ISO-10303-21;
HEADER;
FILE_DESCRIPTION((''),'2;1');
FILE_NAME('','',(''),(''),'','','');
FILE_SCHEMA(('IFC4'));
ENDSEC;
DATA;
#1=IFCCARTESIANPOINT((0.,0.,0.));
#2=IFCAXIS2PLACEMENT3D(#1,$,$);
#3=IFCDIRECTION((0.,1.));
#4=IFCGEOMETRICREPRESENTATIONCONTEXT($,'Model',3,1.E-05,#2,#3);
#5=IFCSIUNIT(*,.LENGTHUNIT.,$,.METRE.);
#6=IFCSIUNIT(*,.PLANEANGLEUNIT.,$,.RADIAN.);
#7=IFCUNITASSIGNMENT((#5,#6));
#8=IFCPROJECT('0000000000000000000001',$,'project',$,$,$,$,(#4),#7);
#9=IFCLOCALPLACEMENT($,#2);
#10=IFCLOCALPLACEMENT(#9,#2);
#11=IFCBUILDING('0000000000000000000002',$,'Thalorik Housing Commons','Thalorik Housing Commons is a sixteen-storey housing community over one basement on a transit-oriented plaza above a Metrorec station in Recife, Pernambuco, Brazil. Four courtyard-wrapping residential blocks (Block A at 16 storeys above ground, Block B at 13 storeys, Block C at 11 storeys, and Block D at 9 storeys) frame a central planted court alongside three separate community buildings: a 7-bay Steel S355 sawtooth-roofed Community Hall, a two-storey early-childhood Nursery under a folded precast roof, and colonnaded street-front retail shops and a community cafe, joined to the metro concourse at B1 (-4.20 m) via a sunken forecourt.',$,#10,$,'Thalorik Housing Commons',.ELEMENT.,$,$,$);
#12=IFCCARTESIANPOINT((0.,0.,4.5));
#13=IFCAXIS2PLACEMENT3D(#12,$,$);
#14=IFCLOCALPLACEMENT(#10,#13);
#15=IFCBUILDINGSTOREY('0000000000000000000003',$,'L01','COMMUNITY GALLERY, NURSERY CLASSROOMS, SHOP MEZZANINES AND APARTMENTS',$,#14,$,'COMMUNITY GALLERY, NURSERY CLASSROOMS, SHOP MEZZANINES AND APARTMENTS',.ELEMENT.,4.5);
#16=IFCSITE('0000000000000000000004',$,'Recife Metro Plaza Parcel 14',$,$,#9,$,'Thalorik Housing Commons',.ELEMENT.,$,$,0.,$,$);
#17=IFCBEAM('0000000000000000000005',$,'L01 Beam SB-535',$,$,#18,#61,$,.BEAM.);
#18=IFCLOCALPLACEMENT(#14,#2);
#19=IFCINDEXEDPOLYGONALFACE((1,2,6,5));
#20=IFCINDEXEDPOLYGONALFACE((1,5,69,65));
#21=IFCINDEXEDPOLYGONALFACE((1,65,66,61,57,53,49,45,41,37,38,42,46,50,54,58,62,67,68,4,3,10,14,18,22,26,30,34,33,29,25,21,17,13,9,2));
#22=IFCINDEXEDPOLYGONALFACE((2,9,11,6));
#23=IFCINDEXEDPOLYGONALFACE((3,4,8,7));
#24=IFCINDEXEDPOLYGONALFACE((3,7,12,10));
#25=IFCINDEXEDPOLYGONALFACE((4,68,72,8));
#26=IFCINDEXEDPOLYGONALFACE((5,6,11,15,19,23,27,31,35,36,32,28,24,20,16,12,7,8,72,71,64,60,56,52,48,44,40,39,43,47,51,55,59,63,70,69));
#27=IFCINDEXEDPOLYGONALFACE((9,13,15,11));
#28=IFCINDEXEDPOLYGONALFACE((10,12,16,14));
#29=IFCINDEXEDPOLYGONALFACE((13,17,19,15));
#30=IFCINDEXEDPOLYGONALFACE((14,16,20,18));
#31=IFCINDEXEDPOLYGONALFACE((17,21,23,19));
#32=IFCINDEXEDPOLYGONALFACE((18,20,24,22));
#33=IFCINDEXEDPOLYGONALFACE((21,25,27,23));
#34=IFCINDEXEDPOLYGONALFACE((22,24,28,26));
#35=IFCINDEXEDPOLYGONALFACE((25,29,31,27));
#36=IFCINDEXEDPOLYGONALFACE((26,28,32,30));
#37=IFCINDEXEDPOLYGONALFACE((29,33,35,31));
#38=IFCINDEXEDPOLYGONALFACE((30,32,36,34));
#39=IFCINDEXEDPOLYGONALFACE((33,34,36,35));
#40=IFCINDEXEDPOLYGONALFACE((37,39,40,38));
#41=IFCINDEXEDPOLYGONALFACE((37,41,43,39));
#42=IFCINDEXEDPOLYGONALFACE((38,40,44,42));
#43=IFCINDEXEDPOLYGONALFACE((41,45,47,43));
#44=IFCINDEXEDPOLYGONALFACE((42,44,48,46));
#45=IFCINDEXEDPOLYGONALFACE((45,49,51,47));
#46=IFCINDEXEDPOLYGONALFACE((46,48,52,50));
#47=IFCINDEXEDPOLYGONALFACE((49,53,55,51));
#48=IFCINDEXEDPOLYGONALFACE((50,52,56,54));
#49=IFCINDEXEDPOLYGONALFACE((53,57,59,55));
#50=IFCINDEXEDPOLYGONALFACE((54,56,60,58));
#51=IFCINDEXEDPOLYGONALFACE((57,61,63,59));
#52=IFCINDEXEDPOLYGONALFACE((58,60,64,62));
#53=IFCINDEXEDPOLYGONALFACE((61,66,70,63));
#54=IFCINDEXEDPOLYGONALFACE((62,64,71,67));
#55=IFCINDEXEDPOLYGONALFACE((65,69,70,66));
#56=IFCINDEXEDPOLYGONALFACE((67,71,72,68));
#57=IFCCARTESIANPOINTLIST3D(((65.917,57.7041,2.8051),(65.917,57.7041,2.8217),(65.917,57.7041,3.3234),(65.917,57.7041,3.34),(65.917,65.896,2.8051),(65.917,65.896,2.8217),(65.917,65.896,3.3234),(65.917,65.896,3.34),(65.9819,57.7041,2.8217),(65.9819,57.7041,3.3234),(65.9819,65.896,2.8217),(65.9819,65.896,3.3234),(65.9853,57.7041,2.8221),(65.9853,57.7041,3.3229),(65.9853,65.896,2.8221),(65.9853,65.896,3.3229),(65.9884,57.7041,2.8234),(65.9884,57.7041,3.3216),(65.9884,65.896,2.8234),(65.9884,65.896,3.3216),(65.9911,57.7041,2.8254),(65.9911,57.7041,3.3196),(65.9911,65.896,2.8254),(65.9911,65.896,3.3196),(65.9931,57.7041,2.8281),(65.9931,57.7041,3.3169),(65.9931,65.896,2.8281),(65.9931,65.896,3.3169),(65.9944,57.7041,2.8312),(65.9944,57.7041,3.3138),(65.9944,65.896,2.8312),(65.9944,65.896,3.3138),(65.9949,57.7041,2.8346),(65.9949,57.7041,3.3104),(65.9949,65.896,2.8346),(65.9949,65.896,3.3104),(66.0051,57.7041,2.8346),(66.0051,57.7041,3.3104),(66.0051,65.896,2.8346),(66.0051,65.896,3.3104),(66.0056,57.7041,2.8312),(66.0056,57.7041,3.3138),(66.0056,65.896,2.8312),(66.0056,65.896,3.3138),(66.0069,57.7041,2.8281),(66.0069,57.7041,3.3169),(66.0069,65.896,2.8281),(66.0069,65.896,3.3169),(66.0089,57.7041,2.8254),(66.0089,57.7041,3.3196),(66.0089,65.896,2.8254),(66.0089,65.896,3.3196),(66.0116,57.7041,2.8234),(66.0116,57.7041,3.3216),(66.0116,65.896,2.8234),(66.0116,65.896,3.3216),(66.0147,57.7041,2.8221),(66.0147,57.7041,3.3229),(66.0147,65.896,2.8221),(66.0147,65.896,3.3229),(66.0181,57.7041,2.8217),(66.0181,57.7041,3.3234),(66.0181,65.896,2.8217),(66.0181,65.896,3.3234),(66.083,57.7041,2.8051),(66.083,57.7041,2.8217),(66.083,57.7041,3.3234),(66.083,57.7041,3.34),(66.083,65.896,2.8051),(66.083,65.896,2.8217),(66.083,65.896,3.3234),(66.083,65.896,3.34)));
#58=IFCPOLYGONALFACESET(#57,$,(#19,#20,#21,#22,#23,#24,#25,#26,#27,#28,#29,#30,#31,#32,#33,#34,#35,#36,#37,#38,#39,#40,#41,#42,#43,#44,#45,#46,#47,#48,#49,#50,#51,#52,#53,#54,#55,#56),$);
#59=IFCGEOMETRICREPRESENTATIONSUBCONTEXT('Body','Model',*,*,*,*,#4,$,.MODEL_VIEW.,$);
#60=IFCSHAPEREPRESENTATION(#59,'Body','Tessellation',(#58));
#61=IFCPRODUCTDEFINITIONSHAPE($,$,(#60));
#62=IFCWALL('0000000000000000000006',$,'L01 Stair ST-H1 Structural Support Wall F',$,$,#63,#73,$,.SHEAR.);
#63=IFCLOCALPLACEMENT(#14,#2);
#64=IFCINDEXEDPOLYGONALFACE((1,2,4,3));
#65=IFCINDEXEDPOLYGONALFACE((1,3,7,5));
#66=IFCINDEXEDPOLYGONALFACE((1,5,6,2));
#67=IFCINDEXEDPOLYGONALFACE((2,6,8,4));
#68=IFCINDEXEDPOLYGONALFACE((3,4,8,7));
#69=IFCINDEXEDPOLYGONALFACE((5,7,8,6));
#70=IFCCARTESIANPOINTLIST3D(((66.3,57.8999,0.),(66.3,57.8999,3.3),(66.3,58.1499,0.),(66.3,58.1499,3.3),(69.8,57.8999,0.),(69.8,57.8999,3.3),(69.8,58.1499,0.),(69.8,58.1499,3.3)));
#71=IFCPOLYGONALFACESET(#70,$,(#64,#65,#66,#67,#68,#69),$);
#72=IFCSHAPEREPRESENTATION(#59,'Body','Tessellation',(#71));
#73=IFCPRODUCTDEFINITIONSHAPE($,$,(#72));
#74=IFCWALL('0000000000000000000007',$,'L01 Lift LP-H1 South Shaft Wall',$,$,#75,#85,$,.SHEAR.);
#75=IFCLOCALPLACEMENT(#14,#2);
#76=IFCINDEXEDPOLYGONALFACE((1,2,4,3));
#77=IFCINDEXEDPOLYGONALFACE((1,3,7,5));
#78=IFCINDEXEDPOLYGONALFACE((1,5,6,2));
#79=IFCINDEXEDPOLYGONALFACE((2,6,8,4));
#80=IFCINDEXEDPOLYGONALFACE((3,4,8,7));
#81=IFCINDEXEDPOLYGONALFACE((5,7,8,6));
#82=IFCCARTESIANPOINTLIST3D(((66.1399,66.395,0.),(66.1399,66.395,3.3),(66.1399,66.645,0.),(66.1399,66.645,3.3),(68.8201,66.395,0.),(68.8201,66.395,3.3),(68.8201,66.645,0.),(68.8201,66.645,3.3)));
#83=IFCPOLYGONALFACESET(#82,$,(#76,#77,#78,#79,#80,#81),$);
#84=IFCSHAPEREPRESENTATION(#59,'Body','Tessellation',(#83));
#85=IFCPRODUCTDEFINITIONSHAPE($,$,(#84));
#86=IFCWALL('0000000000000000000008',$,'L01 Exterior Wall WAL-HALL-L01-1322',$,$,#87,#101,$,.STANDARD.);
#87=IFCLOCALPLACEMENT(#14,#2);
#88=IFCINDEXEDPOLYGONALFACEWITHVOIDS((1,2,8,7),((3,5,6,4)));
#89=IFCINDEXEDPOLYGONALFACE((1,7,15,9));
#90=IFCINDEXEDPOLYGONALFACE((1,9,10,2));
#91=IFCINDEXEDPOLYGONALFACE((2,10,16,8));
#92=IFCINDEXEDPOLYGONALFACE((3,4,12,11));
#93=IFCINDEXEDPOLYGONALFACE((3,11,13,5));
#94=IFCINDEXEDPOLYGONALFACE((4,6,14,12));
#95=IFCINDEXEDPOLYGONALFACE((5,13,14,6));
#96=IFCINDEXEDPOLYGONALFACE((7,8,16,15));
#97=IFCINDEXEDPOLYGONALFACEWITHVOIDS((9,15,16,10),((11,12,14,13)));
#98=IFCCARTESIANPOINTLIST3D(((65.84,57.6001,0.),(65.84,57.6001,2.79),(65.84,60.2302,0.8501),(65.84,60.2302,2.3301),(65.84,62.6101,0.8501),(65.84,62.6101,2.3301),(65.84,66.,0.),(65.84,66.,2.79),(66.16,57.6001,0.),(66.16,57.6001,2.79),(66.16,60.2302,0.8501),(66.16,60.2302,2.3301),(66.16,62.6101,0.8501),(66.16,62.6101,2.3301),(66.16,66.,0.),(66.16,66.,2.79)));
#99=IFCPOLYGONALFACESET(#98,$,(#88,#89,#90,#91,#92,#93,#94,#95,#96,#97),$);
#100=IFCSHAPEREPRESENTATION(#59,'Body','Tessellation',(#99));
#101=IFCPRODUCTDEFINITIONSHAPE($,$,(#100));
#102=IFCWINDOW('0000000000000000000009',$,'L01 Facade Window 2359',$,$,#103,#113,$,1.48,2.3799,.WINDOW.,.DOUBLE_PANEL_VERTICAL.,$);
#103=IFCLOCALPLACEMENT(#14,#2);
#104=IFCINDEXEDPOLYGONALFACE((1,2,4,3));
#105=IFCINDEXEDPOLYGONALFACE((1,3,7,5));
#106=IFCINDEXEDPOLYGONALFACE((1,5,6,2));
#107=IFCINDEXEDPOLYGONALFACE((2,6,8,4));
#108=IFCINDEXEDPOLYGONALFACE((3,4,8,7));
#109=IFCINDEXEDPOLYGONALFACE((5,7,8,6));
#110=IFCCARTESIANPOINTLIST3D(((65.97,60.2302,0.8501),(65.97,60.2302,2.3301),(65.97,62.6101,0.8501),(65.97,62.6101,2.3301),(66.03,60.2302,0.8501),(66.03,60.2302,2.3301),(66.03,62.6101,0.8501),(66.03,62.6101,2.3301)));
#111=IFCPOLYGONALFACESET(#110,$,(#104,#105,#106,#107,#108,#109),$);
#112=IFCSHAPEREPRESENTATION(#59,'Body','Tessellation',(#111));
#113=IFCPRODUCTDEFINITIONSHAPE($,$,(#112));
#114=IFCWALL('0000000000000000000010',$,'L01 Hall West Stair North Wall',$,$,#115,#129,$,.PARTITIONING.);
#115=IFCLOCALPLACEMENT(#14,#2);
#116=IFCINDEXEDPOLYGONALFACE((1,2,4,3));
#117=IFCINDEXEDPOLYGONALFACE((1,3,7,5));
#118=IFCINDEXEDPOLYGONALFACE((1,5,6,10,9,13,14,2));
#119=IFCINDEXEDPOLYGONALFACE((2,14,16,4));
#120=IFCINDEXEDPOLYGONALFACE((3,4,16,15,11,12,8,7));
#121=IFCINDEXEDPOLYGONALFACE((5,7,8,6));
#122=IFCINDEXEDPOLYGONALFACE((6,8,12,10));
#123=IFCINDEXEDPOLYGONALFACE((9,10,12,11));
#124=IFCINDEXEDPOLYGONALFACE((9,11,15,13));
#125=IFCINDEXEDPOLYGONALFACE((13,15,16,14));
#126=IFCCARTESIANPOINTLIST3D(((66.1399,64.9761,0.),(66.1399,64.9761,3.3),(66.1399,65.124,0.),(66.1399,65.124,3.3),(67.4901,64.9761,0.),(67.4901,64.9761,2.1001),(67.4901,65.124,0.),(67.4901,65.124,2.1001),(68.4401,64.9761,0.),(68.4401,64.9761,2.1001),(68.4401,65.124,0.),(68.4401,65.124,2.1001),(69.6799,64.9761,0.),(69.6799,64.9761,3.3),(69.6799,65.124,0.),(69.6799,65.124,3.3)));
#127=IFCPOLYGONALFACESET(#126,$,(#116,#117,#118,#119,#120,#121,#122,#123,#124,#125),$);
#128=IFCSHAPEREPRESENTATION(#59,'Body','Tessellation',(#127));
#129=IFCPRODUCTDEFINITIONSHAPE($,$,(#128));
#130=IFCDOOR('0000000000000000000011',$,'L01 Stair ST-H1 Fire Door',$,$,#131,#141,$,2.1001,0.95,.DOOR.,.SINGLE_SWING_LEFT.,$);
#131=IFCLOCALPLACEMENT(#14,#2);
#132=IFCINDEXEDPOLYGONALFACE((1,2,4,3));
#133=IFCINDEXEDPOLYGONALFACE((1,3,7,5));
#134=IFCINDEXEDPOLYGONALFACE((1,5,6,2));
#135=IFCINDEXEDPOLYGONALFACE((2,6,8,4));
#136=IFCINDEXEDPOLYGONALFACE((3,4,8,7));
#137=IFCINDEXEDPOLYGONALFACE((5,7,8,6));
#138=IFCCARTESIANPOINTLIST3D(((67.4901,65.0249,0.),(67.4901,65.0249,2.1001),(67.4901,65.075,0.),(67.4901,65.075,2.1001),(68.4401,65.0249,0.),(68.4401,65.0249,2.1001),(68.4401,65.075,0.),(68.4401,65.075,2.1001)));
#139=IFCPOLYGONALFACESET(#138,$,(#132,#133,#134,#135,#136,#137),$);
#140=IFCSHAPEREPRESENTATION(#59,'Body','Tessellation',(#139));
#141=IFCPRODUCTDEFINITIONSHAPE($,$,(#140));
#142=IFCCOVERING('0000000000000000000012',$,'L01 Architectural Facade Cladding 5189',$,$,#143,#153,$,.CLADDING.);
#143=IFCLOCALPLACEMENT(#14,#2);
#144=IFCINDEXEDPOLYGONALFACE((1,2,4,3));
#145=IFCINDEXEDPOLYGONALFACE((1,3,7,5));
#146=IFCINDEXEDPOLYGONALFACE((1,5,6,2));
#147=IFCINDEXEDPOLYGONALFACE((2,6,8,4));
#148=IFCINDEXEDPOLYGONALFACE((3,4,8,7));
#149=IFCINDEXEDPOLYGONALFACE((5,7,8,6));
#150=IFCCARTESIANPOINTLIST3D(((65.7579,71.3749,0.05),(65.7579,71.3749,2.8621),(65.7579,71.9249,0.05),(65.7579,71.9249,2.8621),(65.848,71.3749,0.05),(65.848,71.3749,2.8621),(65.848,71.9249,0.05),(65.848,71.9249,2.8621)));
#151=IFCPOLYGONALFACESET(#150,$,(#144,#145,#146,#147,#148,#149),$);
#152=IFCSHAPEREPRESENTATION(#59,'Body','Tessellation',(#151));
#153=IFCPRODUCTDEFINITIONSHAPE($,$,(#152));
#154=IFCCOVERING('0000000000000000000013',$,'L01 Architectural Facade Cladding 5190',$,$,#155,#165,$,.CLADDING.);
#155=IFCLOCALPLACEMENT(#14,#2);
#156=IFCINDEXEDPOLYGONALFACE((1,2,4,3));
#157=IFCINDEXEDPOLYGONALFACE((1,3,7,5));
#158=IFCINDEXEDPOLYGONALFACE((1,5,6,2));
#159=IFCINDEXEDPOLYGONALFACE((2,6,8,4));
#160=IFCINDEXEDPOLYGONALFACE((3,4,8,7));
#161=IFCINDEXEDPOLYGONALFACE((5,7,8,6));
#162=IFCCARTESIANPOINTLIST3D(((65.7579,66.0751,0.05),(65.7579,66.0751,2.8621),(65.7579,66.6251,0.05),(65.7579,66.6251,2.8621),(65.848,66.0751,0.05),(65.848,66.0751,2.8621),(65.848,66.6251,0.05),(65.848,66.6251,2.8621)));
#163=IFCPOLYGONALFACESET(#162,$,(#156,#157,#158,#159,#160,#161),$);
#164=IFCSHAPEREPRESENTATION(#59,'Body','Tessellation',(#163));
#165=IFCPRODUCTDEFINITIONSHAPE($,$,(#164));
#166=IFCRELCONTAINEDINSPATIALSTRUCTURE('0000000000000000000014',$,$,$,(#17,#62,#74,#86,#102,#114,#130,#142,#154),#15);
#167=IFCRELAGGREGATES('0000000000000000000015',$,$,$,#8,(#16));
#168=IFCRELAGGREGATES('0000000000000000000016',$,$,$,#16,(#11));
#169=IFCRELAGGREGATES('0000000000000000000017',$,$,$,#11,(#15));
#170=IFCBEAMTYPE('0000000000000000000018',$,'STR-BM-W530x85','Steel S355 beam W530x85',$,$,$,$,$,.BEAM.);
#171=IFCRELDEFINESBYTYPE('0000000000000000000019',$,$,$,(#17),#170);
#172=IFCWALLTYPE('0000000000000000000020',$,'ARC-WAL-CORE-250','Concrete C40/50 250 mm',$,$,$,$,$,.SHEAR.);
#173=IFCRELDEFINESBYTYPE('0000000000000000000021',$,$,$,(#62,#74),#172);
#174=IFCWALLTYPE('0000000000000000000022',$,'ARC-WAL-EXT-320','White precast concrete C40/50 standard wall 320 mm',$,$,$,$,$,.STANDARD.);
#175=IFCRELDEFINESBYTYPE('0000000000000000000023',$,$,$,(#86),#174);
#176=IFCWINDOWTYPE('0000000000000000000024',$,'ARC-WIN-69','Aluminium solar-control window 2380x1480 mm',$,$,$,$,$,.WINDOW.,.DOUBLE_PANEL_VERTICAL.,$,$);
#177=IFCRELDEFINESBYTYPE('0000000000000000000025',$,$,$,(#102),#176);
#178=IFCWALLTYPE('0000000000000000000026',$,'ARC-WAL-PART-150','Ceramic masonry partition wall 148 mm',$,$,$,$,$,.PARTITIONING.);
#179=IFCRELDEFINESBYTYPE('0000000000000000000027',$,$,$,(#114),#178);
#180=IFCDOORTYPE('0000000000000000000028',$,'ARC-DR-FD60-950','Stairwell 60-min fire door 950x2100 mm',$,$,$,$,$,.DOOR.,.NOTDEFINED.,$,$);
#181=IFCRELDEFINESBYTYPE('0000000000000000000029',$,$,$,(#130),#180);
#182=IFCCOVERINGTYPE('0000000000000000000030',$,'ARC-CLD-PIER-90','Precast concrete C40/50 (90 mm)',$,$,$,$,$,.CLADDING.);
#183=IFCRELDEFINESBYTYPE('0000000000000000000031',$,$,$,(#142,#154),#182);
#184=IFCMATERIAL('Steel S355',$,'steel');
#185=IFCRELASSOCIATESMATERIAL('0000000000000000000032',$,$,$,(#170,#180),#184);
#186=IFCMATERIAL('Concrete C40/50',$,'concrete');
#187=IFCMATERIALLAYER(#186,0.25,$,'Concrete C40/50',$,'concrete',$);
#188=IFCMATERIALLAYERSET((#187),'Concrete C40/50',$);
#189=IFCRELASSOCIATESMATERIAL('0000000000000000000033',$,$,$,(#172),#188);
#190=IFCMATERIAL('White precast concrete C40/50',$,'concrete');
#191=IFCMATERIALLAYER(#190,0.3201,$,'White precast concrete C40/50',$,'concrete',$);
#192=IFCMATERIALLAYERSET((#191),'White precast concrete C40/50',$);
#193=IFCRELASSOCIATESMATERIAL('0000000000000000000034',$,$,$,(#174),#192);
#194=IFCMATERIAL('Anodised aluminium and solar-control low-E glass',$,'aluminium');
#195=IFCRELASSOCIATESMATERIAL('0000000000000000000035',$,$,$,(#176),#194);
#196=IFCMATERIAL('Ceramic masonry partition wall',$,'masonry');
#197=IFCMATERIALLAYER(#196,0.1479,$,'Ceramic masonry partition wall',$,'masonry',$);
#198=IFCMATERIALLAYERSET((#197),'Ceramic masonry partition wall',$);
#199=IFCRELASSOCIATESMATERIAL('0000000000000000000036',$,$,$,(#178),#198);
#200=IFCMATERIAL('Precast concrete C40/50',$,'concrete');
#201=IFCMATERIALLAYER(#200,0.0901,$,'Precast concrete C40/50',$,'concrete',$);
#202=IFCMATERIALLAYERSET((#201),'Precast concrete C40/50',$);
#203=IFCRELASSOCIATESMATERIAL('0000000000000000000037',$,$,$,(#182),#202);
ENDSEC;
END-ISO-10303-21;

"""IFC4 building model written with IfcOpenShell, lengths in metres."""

from ifc_helpers import new_model, si_unit, direction, frame, frame_2d, origin, origin_2d, place, context, subcontext, project, spatial, rectangle, i_section, extrude, material, layer, layer_set, material_profile, profile_set, type_object, element, fill, save


model = new_model("IFC4")

# Units and contexts
model_context = context("Model", 3, precision=1e-05, world=origin(), true_north=direction((0.0, 1.0)))
body_context = subcontext(model_context, "Body", "Model", "MODEL_VIEW")
ifc_project = project(units=[si_unit("LENGTHUNIT", "METRE"), si_unit("PLANEANGLEUNIT", "RADIAN")], contexts=[model_context])

# Site, building, storey
site_placement = place(None, origin())
site = spatial("IfcSite", under=ifc_project, at=site_placement, Name="Recife Metro Plaza Parcel 14", LongName="Thalorik Housing Commons", CompositionType="ELEMENT", RefElevation=0.0)
building_placement = place(site_placement, origin())
building = spatial("IfcBuilding", under=site, at=building_placement, Name="Thalorik Housing Commons", Description="Thalorik Housing Commons is a sixteen-storey housing community over one basement on a transit-oriented plaza above a Metrorec station in Recife, Pernambuco, Brazil. Four courtyard-wrapping residential blocks (Block A at 16 storeys above ground, Block B at 13 storeys, Block C at 11 storeys, and Block D at 9 storeys) frame a central planted court alongside three separate community buildings: a 7-bay Steel S355 sawtooth-roofed Community Hall, a two-storey early-childhood Nursery under a folded precast roof, and colonnaded street-front retail shops and a community cafe, joined to the metro concourse at B1 (-4.20 m) via a sunken forecourt.", LongName="Thalorik Housing Commons", CompositionType="ELEMENT")
storey_placement = place(building_placement, frame((0.0, 0.0, 4.5)))
storey = spatial("IfcBuildingStorey", under=building, at=storey_placement, Name="L01", Description="COMMUNITY GALLERY, NURSERY CLASSROOMS, SHOP MEZZANINES AND APARTMENTS", LongName="COMMUNITY GALLERY, NURSERY CLASSROOMS, SHOP MEZZANINES AND APARTMENTS", CompositionType="ELEMENT", Elevation=4.5)

# Shared definitions
ifc_material_1 = material(Name="Steel S355", Category="steel")

# Beam
ifc_material_profile_1 = material_profile(ifc_material_1, i_section(OverallWidth=0.166, OverallDepth=0.5349, WebThickness=0.0103, FlangeThickness=0.0166, FilletRadius=0.0129, at=origin_2d()), Name="W530x85", Category="steel")
ifc_profile_set_1 = profile_set([ifc_material_profile_1], Name="Steel S355")
beam_type_1 = type_object("IfcBeamType", Name="STR-BM-W530x85", Description="Steel S355 beam W530x85", PredefinedType="BEAM", material=ifc_profile_set_1)
beam_1_placement = place(storey_placement, frame((66.0, 57.7041, 3.0725), z_axis=(0.0, 1.0, 0.0), x_axis=(-1.0, 0.0, 0.0)))
element("IfcBeam", 1, at=beam_1_placement, inside=storey, type_object=beam_type_1, Name="L01 Beam SB-535", PredefinedType="BEAM", context=body_context, shape_type="SweptSolid", body=[
    extrude(i_section(OverallWidth=0.166, OverallDepth=0.5349, WebThickness=0.0103, FlangeThickness=0.0166, FilletRadius=0.0129, at=origin_2d()), origin(), (0.0, 0.0, 1.0), 8.1919),
])

# Walls
ifc_material_2 = material(Name="Concrete C40/50", Category="concrete")
ifc_layer_1 = layer(ifc_material_2, 0.25, Name="Concrete C40/50", Category="concrete")
ifc_layer_set_1 = layer_set([ifc_layer_1], Name="Concrete C40/50")
wall_type_1 = type_object("IfcWallType", Name="ARC-WAL-CORE-250", Description="Concrete C40/50 250 mm", PredefinedType="SHEAR", material=ifc_layer_set_1)
wall_1_placement = place(storey_placement, frame((66.3, 58.0249, 0.0), z_axis=(0.0, 0.0, 1.0), x_axis=(1.0, 0.0, 0.0)))
element("IfcWall", 2, at=wall_1_placement, inside=storey, type_object=wall_type_1, Name="L01 Stair ST-H1 Structural Support Wall F", PredefinedType="SHEAR", context=body_context, shape_type="SweptSolid", body=[
    extrude(rectangle(XDim=3.5, YDim=0.25, at=frame_2d((1.75, 0.0))), origin(), (0.0, 0.0, 1.0), 3.3),
])
wall_2_placement = place(storey_placement, frame((66.1399, 66.52, 0.0), z_axis=(0.0, 0.0, 1.0), x_axis=(1.0, 0.0, 0.0)))
element("IfcWall", 3, at=wall_2_placement, inside=storey, type_object=wall_type_1, Name="L01 Lift LP-H1 South Shaft Wall", PredefinedType="SHEAR", context=body_context, shape_type="SweptSolid", body=[
    extrude(rectangle(XDim=2.6802, YDim=0.25, at=frame_2d((1.3401, 0.0))), origin(), (0.0, 0.0, 1.0), 3.3),
])

# Wall, opening, window
ifc_material_3 = material(Name="White precast concrete C40/50", Category="concrete")
ifc_layer_2 = layer(ifc_material_3, 0.3201, Name="White precast concrete C40/50", Category="concrete")
ifc_layer_set_2 = layer_set([ifc_layer_2], Name="White precast concrete C40/50")
wall_type_2 = type_object("IfcWallType", Name="ARC-WAL-EXT-320", Description="White precast concrete C40/50 standard wall 320 mm", PredefinedType="STANDARD", material=ifc_layer_set_2)
wall_3_placement = place(storey_placement, frame((66.0, 66.0, 0.0), z_axis=(0.0, 0.0, 1.0), x_axis=(0.0, -1.0, 0.0)))
wall_3 = element("IfcWall", 4, at=wall_3_placement, inside=storey, type_object=wall_type_2, Name="L01 Exterior Wall WAL-HALL-L01-1322", PredefinedType="STANDARD", context=body_context, shape_type="SweptSolid", body=[
    extrude(rectangle(XDim=8.3999, YDim=0.3201, at=frame_2d((4.2, 0.0))), origin(), (0.0, 0.0, 1.0), 2.79),
])
opening_1_placement = place(wall_3_placement, frame((3.3899, 0.0, 0.8501)))
opening_1 = element("IfcOpeningElement", 5, at=opening_1_placement, cuts=wall_3, PredefinedType="OPENING", context=body_context, shape_type="SweptSolid", body=[
    extrude(rectangle(XDim=2.3799, YDim=1.48, at=frame_2d((1.1899, 0.74))), frame((0.0, 0.1699, 0.0), z_axis=(0.0, -1.0, 0.0), x_axis=(1.0, 0.0, 0.0)), (0.0, 0.0, 1.0), 0.3401),
])
ifc_material_4 = material(Name="Anodised aluminium and solar-control low-E glass", Category="aluminium")
window_type = type_object("IfcWindowType", Name="ARC-WIN-69", Description="Aluminium solar-control window 2380x1480 mm", PartitioningType="DOUBLE_PANEL_VERTICAL", PredefinedType="WINDOW", material=ifc_material_4)
window_placement = place(opening_1_placement, origin())
window = element("IfcWindow", 6, at=window_placement, inside=storey, type_object=window_type, Name="L01 Facade Window 2359", OverallHeight=1.48, OverallWidth=2.3799, PartitioningType="DOUBLE_PANEL_VERTICAL", PredefinedType="WINDOW", context=body_context, shape_type="SweptSolid", body=[
    extrude(rectangle(XDim=2.3799, YDim=1.48, at=frame_2d((1.1899, 0.74))), frame((0.0, 0.03, 0.0), z_axis=(0.0, -1.0, 0.0), x_axis=(1.0, 0.0, 0.0)), (0.0, 0.0, 1.0), 0.0601),
])
fill(opening_1, window)

# Wall, opening, door
ifc_material_5 = material(Name="Ceramic masonry partition wall", Category="masonry")
ifc_layer_3 = layer(ifc_material_5, 0.1479, Name="Ceramic masonry partition wall", Category="masonry")
ifc_layer_set_3 = layer_set([ifc_layer_3], Name="Ceramic masonry partition wall")
wall_type_3 = type_object("IfcWallType", Name="ARC-WAL-PART-150", Description="Ceramic masonry partition wall 148 mm", PredefinedType="PARTITIONING", material=ifc_layer_set_3)
wall_4_placement = place(storey_placement, frame((66.1399, 65.05, 0.0), z_axis=(0.0, 0.0, 1.0), x_axis=(1.0, 0.0, 0.0)))
wall_4 = element("IfcWall", 7, at=wall_4_placement, inside=storey, type_object=wall_type_3, Name="L01 Hall West Stair North Wall", PredefinedType="PARTITIONING", context=body_context, shape_type="SweptSolid", body=[
    extrude(rectangle(XDim=3.54, YDim=0.1479, at=frame_2d((1.77, 0.0))), origin(), (0.0, 0.0, 1.0), 3.3),
])
opening_2_placement = place(wall_4_placement, frame((1.3501, 0.0, 0.0)))
opening_2 = element("IfcOpeningElement", 8, at=opening_2_placement, cuts=wall_4, PredefinedType="OPENING", context=body_context, shape_type="SweptSolid", body=[
    extrude(rectangle(XDim=0.95, YDim=2.1001, at=frame_2d((0.4751, 1.05))), frame((0.0, 0.084, 0.0), z_axis=(0.0, -1.0, 0.0), x_axis=(1.0, 0.0, 0.0)), (0.0, 0.0, 1.0), 0.168),
])
door_type = type_object("IfcDoorType", Name="ARC-DR-FD60-950", Description="Stairwell 60-min fire door 950x2100 mm", OperationType="NOTDEFINED", PredefinedType="DOOR", material=ifc_material_1)
door_placement = place(opening_2_placement, origin())
door = element("IfcDoor", 9, at=door_placement, inside=storey, type_object=door_type, Name="L01 Stair ST-H1 Fire Door", OperationType="SINGLE_SWING_LEFT", OverallHeight=2.1001, OverallWidth=0.95, PredefinedType="DOOR", context=body_context, shape_type="SweptSolid", body=[
    extrude(rectangle(XDim=0.95, YDim=2.1001, at=frame_2d((0.4751, 1.05))), frame((0.0, 0.0249, 0.0), z_axis=(0.0, -1.0, 0.0), x_axis=(1.0, 0.0, 0.0)), (0.0, 0.0, 1.0), 0.05),
])
fill(opening_2, door)

# Coverings
ifc_material_6 = material(Name="Precast concrete C40/50", Category="concrete")
ifc_layer_4 = layer(ifc_material_6, 0.0901, Name="Precast concrete C40/50", Category="concrete")
ifc_layer_set_4 = layer_set([ifc_layer_4], Name="Precast concrete C40/50")
covering_type_1 = type_object("IfcCoveringType", Name="ARC-CLD-PIER-90", Description="Precast concrete C40/50 (90 mm)", PredefinedType="CLADDING", material=ifc_layer_set_4)
for number, where, z_axis, x_axis, name in (
    (10, (65.803, 71.6499, 0.05), (0.0, 0.0, 1.0), (0.0, -1.0, 0.0), "L01 Architectural Facade Cladding 5189"),
    (11, (65.803, 66.3501, 0.05), (0.0, 0.0, 1.0), (0.0, -1.0, 0.0), "L01 Architectural Facade Cladding 5190"),
):
    element("IfcCovering", number, at=place(storey_placement, frame(where, z_axis=z_axis, x_axis=x_axis)), inside=storey, type_object=covering_type_1, Name=name, PredefinedType="CLADDING", context=body_context, shape_type="SweptSolid", body=[
        extrude(rectangle(XDim=0.55, YDim=0.0901, at=origin_2d()), origin(), (0.0, 0.0, 1.0), 2.812),
    ])

save(model, "model.ifc")
